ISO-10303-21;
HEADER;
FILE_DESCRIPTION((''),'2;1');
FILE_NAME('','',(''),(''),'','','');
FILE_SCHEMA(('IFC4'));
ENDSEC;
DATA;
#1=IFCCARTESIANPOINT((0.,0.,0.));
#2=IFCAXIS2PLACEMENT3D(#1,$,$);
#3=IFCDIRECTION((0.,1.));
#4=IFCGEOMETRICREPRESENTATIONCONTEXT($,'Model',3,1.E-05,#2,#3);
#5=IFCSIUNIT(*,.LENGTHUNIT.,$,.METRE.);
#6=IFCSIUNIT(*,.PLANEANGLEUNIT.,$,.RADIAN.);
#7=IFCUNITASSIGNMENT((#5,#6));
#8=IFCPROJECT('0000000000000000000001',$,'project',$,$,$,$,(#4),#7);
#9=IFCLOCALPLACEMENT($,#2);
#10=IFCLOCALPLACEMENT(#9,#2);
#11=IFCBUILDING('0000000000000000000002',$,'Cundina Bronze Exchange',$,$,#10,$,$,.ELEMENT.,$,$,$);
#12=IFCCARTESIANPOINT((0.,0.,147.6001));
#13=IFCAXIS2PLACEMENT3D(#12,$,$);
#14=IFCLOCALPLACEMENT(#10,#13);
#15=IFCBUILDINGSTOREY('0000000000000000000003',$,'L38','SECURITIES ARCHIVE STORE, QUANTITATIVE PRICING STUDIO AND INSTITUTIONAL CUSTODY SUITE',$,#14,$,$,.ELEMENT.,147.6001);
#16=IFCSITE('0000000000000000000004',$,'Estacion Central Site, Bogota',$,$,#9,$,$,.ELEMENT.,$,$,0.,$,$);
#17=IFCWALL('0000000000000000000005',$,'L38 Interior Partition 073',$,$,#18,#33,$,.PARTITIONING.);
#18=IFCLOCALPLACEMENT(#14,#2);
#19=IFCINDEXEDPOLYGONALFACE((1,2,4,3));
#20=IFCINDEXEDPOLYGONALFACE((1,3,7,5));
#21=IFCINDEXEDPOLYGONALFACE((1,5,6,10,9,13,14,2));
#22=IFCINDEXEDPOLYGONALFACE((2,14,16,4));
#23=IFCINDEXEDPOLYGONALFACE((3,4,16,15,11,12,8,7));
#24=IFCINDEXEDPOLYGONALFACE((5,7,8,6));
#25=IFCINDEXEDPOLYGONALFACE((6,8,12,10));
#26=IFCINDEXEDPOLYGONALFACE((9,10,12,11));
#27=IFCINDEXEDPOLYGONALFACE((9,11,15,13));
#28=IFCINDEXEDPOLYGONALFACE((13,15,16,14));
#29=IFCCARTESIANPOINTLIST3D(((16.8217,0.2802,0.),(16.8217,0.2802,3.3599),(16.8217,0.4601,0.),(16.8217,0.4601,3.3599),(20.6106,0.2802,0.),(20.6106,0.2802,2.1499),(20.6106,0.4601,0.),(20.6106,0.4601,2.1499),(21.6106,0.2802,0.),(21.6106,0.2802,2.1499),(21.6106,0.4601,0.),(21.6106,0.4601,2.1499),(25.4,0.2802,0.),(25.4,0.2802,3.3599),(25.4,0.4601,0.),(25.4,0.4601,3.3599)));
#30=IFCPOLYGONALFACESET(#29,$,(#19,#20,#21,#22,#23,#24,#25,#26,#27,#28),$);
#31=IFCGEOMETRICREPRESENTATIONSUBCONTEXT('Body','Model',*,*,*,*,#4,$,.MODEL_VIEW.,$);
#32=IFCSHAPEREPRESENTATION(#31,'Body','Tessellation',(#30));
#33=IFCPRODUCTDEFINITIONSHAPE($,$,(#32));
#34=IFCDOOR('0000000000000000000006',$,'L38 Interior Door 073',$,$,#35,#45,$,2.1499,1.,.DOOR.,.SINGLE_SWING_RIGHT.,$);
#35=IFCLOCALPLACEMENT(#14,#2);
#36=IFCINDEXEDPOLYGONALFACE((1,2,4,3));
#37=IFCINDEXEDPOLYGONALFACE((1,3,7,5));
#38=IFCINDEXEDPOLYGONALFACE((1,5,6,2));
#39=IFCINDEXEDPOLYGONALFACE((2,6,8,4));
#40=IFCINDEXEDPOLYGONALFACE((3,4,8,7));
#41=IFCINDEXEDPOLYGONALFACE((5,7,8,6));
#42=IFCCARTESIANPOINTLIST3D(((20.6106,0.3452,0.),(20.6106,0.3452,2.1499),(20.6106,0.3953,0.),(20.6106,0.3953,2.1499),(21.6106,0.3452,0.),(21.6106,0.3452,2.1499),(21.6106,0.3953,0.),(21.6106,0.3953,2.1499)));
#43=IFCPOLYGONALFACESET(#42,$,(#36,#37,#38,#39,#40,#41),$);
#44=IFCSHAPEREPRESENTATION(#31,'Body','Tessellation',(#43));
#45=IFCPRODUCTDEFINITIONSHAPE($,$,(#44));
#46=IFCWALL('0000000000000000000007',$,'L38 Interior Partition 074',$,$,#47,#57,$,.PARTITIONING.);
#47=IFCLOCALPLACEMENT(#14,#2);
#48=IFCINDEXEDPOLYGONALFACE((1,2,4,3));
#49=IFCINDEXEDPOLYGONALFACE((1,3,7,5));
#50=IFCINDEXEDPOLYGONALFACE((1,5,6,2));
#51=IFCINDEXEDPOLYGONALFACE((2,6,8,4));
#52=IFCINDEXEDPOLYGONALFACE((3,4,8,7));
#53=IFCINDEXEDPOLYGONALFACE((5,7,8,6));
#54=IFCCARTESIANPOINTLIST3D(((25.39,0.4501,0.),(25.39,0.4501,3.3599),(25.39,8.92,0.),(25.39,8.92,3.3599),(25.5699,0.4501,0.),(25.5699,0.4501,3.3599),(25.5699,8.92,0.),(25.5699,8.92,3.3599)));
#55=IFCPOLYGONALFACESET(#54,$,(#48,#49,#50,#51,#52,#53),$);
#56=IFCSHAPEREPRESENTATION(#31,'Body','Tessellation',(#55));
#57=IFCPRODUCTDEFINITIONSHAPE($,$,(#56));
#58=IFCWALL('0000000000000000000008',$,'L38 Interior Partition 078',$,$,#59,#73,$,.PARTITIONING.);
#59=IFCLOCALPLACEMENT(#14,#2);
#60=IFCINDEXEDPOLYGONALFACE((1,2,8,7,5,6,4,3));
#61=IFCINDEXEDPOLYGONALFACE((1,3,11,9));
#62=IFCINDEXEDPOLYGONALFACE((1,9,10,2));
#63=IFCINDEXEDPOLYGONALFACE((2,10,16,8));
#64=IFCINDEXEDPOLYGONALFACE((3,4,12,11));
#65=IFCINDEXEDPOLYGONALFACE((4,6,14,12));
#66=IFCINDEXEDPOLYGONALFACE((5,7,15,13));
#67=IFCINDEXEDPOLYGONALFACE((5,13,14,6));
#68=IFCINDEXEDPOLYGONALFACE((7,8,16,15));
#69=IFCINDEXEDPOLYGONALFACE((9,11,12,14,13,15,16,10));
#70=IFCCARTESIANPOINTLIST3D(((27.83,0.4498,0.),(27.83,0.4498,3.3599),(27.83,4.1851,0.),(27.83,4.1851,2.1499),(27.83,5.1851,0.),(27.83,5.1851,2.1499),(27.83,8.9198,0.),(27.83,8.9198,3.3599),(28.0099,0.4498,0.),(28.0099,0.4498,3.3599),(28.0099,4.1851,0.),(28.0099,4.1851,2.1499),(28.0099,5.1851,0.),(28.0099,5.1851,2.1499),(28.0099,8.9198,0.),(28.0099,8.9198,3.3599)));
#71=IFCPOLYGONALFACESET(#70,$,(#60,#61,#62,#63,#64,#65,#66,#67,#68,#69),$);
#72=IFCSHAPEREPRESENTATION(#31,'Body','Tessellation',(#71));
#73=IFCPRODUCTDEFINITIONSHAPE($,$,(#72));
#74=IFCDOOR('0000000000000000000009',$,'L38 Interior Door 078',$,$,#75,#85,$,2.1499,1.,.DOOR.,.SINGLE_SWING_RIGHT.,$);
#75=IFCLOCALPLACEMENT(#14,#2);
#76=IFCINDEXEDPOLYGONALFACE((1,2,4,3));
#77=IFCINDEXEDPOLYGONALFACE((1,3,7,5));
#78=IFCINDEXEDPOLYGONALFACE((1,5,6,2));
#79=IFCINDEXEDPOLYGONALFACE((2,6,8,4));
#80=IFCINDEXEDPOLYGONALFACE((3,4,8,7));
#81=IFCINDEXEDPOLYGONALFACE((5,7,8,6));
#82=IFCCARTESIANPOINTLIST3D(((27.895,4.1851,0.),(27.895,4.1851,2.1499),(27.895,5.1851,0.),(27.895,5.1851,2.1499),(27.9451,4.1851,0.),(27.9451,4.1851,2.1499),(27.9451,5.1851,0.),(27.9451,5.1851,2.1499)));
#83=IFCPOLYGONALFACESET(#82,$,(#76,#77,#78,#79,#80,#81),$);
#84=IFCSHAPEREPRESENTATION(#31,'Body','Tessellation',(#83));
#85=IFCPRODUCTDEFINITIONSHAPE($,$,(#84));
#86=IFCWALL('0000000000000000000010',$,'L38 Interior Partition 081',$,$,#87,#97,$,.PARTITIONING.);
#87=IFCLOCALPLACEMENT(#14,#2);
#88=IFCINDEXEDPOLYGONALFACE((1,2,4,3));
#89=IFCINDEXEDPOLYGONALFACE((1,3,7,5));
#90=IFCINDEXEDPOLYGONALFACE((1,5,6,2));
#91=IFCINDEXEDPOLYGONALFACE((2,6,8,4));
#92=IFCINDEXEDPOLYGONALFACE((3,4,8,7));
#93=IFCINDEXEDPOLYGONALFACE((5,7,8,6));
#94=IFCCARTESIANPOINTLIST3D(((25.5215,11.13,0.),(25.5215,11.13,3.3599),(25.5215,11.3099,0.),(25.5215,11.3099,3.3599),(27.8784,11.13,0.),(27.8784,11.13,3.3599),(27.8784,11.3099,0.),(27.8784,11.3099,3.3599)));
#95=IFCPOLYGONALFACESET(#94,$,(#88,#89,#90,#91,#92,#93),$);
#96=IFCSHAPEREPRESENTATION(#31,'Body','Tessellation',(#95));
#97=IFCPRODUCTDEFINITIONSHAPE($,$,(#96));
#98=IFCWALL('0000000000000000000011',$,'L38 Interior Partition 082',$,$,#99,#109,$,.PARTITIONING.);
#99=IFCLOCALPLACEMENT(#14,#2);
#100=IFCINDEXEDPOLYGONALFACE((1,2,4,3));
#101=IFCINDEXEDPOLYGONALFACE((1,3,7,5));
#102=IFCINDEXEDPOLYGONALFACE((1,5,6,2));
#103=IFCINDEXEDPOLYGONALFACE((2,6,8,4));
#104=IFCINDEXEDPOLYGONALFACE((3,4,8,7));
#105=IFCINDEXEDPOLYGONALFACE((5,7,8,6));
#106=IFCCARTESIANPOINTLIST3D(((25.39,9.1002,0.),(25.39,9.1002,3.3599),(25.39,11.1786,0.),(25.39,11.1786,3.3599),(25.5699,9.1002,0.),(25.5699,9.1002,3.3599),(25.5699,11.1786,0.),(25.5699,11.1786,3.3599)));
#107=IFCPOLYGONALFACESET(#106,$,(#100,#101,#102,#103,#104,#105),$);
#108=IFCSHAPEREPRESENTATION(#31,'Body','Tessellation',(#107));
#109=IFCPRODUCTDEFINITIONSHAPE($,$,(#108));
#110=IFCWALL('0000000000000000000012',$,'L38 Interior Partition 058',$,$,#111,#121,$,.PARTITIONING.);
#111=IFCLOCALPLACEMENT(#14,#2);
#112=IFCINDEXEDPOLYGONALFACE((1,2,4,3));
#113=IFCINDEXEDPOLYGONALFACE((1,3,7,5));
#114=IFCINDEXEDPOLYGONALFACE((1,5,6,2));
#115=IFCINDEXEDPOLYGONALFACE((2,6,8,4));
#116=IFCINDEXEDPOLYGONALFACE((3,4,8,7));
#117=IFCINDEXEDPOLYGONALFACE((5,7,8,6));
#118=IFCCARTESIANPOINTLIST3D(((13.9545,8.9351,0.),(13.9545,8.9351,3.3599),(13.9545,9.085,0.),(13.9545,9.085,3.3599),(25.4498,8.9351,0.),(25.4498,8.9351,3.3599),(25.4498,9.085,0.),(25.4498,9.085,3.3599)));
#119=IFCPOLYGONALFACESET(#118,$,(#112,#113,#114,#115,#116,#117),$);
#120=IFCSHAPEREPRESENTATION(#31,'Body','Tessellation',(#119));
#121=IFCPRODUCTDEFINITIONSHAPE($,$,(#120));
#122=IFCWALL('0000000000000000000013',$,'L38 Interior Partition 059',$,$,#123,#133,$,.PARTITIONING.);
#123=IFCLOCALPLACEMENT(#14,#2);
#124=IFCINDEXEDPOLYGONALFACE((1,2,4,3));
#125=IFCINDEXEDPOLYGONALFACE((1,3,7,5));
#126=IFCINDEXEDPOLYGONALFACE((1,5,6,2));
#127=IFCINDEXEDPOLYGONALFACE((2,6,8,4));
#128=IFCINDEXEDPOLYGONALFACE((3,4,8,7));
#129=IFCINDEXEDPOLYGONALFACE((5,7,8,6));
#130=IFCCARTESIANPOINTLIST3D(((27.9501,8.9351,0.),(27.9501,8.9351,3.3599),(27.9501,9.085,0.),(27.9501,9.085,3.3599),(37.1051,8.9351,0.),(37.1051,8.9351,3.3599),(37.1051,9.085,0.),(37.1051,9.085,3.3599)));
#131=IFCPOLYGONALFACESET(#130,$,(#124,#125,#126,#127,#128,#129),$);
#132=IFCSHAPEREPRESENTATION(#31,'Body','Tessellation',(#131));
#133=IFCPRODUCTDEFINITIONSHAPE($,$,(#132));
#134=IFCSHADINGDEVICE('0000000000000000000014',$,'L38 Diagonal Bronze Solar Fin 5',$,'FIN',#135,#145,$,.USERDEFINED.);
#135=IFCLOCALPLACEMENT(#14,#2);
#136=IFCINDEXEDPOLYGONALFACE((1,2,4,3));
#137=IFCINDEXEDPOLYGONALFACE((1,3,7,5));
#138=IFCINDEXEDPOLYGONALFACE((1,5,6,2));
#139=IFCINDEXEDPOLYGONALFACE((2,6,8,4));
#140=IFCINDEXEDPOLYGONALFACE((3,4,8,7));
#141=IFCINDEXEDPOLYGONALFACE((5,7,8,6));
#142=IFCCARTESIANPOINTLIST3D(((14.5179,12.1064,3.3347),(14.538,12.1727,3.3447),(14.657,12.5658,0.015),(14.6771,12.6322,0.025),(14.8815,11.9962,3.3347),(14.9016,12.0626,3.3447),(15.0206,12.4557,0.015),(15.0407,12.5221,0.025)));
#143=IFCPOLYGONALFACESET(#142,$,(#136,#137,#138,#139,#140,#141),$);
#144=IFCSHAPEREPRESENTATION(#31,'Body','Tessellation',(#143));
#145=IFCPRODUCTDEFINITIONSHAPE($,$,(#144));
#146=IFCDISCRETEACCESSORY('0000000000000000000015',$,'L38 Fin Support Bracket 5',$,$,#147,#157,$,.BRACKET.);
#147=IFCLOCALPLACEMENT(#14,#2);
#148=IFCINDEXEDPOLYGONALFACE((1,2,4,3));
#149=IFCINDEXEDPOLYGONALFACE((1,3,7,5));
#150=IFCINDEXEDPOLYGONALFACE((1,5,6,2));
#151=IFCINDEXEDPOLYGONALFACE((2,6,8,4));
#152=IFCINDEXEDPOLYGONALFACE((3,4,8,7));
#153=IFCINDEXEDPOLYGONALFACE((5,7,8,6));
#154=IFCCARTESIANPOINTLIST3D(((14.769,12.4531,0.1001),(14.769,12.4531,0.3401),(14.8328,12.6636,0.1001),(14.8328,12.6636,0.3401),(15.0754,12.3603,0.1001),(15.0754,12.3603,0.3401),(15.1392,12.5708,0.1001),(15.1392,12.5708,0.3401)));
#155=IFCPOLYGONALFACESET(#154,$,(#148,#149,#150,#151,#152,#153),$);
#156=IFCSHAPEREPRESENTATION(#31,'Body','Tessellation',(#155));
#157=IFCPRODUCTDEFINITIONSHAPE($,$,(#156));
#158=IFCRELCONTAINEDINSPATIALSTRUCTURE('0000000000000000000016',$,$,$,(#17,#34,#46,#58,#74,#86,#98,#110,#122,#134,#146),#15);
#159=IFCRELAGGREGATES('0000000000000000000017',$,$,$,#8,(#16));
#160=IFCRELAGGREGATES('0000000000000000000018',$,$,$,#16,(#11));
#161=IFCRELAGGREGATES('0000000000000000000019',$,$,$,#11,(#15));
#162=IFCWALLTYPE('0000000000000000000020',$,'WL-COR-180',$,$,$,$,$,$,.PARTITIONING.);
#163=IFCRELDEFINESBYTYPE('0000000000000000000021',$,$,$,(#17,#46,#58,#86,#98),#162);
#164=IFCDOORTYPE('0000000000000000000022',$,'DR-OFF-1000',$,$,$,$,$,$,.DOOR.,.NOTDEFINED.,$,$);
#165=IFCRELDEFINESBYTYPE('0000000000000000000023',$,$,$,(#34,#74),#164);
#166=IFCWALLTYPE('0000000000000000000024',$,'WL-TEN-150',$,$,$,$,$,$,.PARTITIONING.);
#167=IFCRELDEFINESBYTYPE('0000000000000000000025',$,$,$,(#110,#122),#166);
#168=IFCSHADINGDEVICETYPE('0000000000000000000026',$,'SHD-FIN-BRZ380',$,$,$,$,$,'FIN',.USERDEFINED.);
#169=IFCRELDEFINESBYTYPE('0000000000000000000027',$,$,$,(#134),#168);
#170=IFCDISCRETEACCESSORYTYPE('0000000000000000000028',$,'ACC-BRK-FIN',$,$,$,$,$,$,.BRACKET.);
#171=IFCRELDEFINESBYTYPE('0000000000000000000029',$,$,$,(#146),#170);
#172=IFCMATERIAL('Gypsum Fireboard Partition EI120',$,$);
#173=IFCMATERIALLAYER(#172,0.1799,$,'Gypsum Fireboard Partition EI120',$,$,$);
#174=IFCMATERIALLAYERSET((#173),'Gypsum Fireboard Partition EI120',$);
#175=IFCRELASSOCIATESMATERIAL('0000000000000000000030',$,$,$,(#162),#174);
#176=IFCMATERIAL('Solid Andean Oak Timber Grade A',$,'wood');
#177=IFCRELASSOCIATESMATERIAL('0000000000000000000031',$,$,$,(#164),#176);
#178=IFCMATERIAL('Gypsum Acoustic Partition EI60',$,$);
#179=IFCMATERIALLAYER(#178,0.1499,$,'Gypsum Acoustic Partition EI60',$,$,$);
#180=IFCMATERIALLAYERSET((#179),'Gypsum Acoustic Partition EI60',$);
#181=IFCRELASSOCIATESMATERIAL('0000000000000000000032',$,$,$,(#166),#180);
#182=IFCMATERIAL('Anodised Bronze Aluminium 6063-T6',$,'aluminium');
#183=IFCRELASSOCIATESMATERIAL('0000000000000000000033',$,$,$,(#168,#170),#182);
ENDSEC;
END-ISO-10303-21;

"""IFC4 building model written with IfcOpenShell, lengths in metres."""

from ifc_helpers import new_model, si_unit, direction, frame, frame_2d, origin, origin_2d, place, context, subcontext, project, spatial, rectangle, extrude, material, layer, layer_set, material_profile, profile_set, type_object, element, fill, save


model = new_model("IFC4")

# Units and contexts
model_context = context("Model", 3, precision=1e-05, world=origin(), true_north=direction((0.0, 1.0)))
body_context = subcontext(model_context, "Body", "Model", "MODEL_VIEW")
ifc_project = project(units=[si_unit("LENGTHUNIT", "METRE"), si_unit("PLANEANGLEUNIT", "RADIAN")], contexts=[model_context])

# Site, building, storey
site_placement = place(None, origin())
site = spatial("IfcSite", under=ifc_project, at=site_placement, Name="Estacion Central Site, Bogota", CompositionType="ELEMENT", RefElevation=0.0)
building_placement = place(site_placement, origin())
building = spatial("IfcBuilding", under=site, at=building_placement, Name="Cundina Bronze Exchange", CompositionType="ELEMENT")
storey_placement = place(building_placement, frame((0.0, 0.0, 147.6001)))
storey = spatial("IfcBuildingStorey", under=building, at=storey_placement, Name="L38", Description="SECURITIES ARCHIVE STORE, QUANTITATIVE PRICING STUDIO AND INSTITUTIONAL CUSTODY SUITE", CompositionType="ELEMENT", Elevation=147.6001)

# Shared definitions
ifc_material_1 = material(Name="Anodised Bronze Aluminium 6063-T6", Category="aluminium")

# Wall, opening, door
ifc_material_2 = material(Name="Gypsum Fireboard Partition EI120")
ifc_layer_1 = layer(ifc_material_2, 0.1799, Name="Gypsum Fireboard Partition EI120")
ifc_layer_set_1 = layer_set([ifc_layer_1], Name="Gypsum Fireboard Partition EI120")
wall_type_1 = type_object("IfcWallType", Name="WL-COR-180", PredefinedType="PARTITIONING", material=ifc_layer_set_1)
wall_1_placement = place(storey_placement, frame((25.3999, 0.3701, 0.0), z_axis=(0.0, 0.0, 1.0), x_axis=(-1.0, 0.0, 0.0)))
wall_1 = element("IfcWall", 1, at=wall_1_placement, inside=storey, type_object=wall_type_1, Name="L38 Interior Partition 073", PredefinedType="PARTITIONING", context=body_context, shape_type="SweptSolid", body=[
    extrude(rectangle(XDim=8.5784, YDim=0.1799, at=frame_2d((4.2891, 0.0))), origin(), (0.0, 0.0, 1.0), 3.3599),
])
opening_1_placement = place(wall_1_placement, frame((3.7893, 0.0, 0.0)))
opening_1 = element("IfcOpeningElement", 2, at=opening_1_placement, cuts=wall_1, PredefinedType="OPENING", context=body_context, shape_type="SweptSolid", body=[
    extrude(rectangle(XDim=1.0, YDim=2.1499, at=frame_2d((0.5, 1.075))), frame((0.0, 0.0999, 0.0), z_axis=(0.0, -1.0, 0.0), x_axis=(1.0, 0.0, 0.0)), (0.0, 0.0, 1.0), 0.2),
])
ifc_material_3 = material(Name="Solid Andean Oak Timber Grade A", Category="wood")
door_type = type_object("IfcDoorType", Name="DR-OFF-1000", OperationType="NOTDEFINED", PredefinedType="DOOR", material=ifc_material_3)
door_1_placement = place(opening_1_placement, origin())
door_1 = element("IfcDoor", 3, at=door_1_placement, inside=storey, type_object=door_type, Name="L38 Interior Door 073", OperationType="SINGLE_SWING_RIGHT", OverallHeight=2.1499, OverallWidth=1.0, PredefinedType="DOOR", context=body_context, shape_type="SweptSolid", body=[
    extrude(rectangle(XDim=1.0, YDim=2.1499, at=frame_2d((0.5, 1.075))), frame((0.0, 0.0249, 0.0), z_axis=(0.0, -1.0, 0.0), x_axis=(1.0, 0.0, 0.0)), (0.0, 0.0, 1.0), 0.05),
])
fill(opening_1, door_1)

# Wall
wall_2_placement = place(storey_placement, frame((25.48, 8.9199, 0.0), z_axis=(0.0, 0.0, 1.0), x_axis=(0.0, -1.0, 0.0)))
element("IfcWall", 4, at=wall_2_placement, inside=storey, type_object=wall_type_1, Name="L38 Interior Partition 074", PredefinedType="PARTITIONING", context=body_context, shape_type="SweptSolid", body=[
    extrude(rectangle(XDim=8.47, YDim=0.1799, at=frame_2d((4.2349, 0.0))), origin(), (0.0, 0.0, 1.0), 3.3599),
])

# Wall, opening, door
wall_3_placement = place(storey_placement, frame((27.9199, 0.45, 0.0), z_axis=(0.0, 0.0, 1.0), x_axis=(0.0, 1.0, 0.0)))
wall_3 = element("IfcWall", 5, at=wall_3_placement, inside=storey, type_object=wall_type_1, Name="L38 Interior Partition 078", PredefinedType="PARTITIONING", context=body_context, shape_type="SweptSolid", body=[
    extrude(rectangle(XDim=8.47, YDim=0.1799, at=frame_2d((4.2349, 0.0))), origin(), (0.0, 0.0, 1.0), 3.3599),
])
opening_2_placement = place(wall_3_placement, frame((3.7351, 0.0, 0.0)))
opening_2 = element("IfcOpeningElement", 6, at=opening_2_placement, cuts=wall_3, PredefinedType="OPENING", context=body_context, shape_type="SweptSolid", body=[
    extrude(rectangle(XDim=1.0, YDim=2.1499, at=frame_2d((0.5, 1.075))), frame((0.0, 0.0999, 0.0), z_axis=(0.0, -1.0, 0.0), x_axis=(1.0, 0.0, 0.0)), (0.0, 0.0, 1.0), 0.2),
])
door_2_placement = place(opening_2_placement, origin())
door_2 = element("IfcDoor", 7, at=door_2_placement, inside=storey, type_object=door_type, Name="L38 Interior Door 078", OperationType="SINGLE_SWING_RIGHT", OverallHeight=2.1499, OverallWidth=1.0, PredefinedType="DOOR", context=body_context, shape_type="SweptSolid", body=[
    extrude(rectangle(XDim=1.0, YDim=2.1499, at=frame_2d((0.5, 1.075))), frame((0.0, 0.0249, 0.0), z_axis=(0.0, -1.0, 0.0), x_axis=(1.0, 0.0, 0.0)), (0.0, 0.0, 1.0), 0.05),
])
fill(opening_2, door_2)

# Walls
wall_4_placement = place(storey_placement, frame((27.8784, 11.22, 0.0), z_axis=(0.0, 0.0, 1.0), x_axis=(-1.0, 0.0, 0.0)))
element("IfcWall", 8, at=wall_4_placement, inside=storey, type_object=wall_type_1, Name="L38 Interior Partition 081", PredefinedType="PARTITIONING", context=body_context, shape_type="SweptSolid", body=[
    extrude(rectangle(XDim=2.3569, YDim=0.1799, at=frame_2d((1.1785, 0.0))), origin(), (0.0, 0.0, 1.0), 3.3599),
])
wall_5_placement = place(storey_placement, frame((25.48, 11.1785, 0.0), z_axis=(0.0, 0.0, 1.0), x_axis=(0.0, -1.0, 0.0)))
element("IfcWall", 9, at=wall_5_placement, inside=storey, type_object=wall_type_1, Name="L38 Interior Partition 082", PredefinedType="PARTITIONING", context=body_context, shape_type="SweptSolid", body=[
    extrude(rectangle(XDim=2.0784, YDim=0.1799, at=frame_2d((1.0391, 0.0))), origin(), (0.0, 0.0, 1.0), 3.3599),
])

# Walls
ifc_material_4 = material(Name="Gypsum Acoustic Partition EI60")
ifc_layer_2 = layer(ifc_material_4, 0.1499, Name="Gypsum Acoustic Partition EI60")
ifc_layer_set_2 = layer_set([ifc_layer_2], Name="Gypsum Acoustic Partition EI60")
wall_type_2 = type_object("IfcWallType", Name="WL-TEN-150", PredefinedType="PARTITIONING", material=ifc_layer_set_2)
wall_6_placement = place(storey_placement, frame((13.9546, 9.01, 0.0), z_axis=(0.0, 0.0, 1.0), x_axis=(1.0, 0.0, 0.0)))
element("IfcWall", 10, at=wall_6_placement, inside=storey, type_object=wall_type_2, Name="L38 Interior Partition 058", PredefinedType="PARTITIONING", context=body_context, shape_type="SweptSolid", body=[
    extrude(rectangle(XDim=11.4954, YDim=0.1499, at=frame_2d((5.7476, 0.0))), origin(), (0.0, 0.0, 1.0), 3.3599),
])
wall_7_placement = place(storey_placement, frame((27.95, 9.01, 0.0), z_axis=(0.0, 0.0, 1.0), x_axis=(1.0, 0.0, 0.0)))
element("IfcWall", 11, at=wall_7_placement, inside=storey, type_object=wall_type_2, Name="L38 Interior Partition 059", PredefinedType="PARTITIONING", context=body_context, shape_type="SweptSolid", body=[
    extrude(rectangle(XDim=9.155, YDim=0.1499, at=frame_2d((4.5776, 0.0))), origin(), (0.0, 0.0, 1.0), 3.3599),
])

# Shading device
ifc_material_profile_1 = material_profile(ifc_material_1, rectangle(XDim=0.0701, YDim=0.3799, at=origin_2d()), Name="FIN70X380", Category="aluminium")
ifc_profile_set_1 = profile_set([ifc_material_profile_1], Name="Anodised Bronze Aluminium 6063-T6")
shading_device_type = type_object("IfcShadingDeviceType", Name="SHD-FIN-BRZ380", ElementType="FIN", PredefinedType="USERDEFINED", material=ifc_profile_set_1)
shading_device_placement = place(storey_placement, frame((14.8489, 12.5439, 0.02), z_axis=(-0.041486, -0.136978, 0.989705), x_axis=(0.286882, 0.947214, 0.143123)))
element("IfcShadingDevice", 12, at=shading_device_placement, inside=storey, type_object=shading_device_type, Name="L38 Diagonal Bronze Solar Fin 5", ObjectType="FIN", PredefinedType="USERDEFINED", context=body_context, shape_type="SweptSolid", body=[
    extrude(rectangle(XDim=0.0701, YDim=0.3799, at=origin_2d()), origin(), (0.0, 0.0, 1.0), 3.3542),
])

# Discrete accessory
discrete_accessory_type = type_object("IfcDiscreteAccessoryType", Name="ACC-BRK-FIN", PredefinedType="BRACKET", material=ifc_material_1)
discrete_accessory_placement = place(storey_placement, frame((14.9541, 12.512, 0.1001), z_axis=(0.0, 0.0, 1.0), x_axis=(-0.290051, -0.957011, 0.0)))
element("IfcDiscreteAccessory", 13, at=discrete_accessory_placement, inside=storey, type_object=discrete_accessory_type, Name="L38 Fin Support Bracket 5", PredefinedType="BRACKET", context=body_context, shape_type="SweptSolid", body=[
    extrude(rectangle(XDim=0.22, YDim=0.3201, at=origin_2d()), origin(), (0.0, 0.0, 1.0), 0.24),
])

save(model, "model.ifc")
